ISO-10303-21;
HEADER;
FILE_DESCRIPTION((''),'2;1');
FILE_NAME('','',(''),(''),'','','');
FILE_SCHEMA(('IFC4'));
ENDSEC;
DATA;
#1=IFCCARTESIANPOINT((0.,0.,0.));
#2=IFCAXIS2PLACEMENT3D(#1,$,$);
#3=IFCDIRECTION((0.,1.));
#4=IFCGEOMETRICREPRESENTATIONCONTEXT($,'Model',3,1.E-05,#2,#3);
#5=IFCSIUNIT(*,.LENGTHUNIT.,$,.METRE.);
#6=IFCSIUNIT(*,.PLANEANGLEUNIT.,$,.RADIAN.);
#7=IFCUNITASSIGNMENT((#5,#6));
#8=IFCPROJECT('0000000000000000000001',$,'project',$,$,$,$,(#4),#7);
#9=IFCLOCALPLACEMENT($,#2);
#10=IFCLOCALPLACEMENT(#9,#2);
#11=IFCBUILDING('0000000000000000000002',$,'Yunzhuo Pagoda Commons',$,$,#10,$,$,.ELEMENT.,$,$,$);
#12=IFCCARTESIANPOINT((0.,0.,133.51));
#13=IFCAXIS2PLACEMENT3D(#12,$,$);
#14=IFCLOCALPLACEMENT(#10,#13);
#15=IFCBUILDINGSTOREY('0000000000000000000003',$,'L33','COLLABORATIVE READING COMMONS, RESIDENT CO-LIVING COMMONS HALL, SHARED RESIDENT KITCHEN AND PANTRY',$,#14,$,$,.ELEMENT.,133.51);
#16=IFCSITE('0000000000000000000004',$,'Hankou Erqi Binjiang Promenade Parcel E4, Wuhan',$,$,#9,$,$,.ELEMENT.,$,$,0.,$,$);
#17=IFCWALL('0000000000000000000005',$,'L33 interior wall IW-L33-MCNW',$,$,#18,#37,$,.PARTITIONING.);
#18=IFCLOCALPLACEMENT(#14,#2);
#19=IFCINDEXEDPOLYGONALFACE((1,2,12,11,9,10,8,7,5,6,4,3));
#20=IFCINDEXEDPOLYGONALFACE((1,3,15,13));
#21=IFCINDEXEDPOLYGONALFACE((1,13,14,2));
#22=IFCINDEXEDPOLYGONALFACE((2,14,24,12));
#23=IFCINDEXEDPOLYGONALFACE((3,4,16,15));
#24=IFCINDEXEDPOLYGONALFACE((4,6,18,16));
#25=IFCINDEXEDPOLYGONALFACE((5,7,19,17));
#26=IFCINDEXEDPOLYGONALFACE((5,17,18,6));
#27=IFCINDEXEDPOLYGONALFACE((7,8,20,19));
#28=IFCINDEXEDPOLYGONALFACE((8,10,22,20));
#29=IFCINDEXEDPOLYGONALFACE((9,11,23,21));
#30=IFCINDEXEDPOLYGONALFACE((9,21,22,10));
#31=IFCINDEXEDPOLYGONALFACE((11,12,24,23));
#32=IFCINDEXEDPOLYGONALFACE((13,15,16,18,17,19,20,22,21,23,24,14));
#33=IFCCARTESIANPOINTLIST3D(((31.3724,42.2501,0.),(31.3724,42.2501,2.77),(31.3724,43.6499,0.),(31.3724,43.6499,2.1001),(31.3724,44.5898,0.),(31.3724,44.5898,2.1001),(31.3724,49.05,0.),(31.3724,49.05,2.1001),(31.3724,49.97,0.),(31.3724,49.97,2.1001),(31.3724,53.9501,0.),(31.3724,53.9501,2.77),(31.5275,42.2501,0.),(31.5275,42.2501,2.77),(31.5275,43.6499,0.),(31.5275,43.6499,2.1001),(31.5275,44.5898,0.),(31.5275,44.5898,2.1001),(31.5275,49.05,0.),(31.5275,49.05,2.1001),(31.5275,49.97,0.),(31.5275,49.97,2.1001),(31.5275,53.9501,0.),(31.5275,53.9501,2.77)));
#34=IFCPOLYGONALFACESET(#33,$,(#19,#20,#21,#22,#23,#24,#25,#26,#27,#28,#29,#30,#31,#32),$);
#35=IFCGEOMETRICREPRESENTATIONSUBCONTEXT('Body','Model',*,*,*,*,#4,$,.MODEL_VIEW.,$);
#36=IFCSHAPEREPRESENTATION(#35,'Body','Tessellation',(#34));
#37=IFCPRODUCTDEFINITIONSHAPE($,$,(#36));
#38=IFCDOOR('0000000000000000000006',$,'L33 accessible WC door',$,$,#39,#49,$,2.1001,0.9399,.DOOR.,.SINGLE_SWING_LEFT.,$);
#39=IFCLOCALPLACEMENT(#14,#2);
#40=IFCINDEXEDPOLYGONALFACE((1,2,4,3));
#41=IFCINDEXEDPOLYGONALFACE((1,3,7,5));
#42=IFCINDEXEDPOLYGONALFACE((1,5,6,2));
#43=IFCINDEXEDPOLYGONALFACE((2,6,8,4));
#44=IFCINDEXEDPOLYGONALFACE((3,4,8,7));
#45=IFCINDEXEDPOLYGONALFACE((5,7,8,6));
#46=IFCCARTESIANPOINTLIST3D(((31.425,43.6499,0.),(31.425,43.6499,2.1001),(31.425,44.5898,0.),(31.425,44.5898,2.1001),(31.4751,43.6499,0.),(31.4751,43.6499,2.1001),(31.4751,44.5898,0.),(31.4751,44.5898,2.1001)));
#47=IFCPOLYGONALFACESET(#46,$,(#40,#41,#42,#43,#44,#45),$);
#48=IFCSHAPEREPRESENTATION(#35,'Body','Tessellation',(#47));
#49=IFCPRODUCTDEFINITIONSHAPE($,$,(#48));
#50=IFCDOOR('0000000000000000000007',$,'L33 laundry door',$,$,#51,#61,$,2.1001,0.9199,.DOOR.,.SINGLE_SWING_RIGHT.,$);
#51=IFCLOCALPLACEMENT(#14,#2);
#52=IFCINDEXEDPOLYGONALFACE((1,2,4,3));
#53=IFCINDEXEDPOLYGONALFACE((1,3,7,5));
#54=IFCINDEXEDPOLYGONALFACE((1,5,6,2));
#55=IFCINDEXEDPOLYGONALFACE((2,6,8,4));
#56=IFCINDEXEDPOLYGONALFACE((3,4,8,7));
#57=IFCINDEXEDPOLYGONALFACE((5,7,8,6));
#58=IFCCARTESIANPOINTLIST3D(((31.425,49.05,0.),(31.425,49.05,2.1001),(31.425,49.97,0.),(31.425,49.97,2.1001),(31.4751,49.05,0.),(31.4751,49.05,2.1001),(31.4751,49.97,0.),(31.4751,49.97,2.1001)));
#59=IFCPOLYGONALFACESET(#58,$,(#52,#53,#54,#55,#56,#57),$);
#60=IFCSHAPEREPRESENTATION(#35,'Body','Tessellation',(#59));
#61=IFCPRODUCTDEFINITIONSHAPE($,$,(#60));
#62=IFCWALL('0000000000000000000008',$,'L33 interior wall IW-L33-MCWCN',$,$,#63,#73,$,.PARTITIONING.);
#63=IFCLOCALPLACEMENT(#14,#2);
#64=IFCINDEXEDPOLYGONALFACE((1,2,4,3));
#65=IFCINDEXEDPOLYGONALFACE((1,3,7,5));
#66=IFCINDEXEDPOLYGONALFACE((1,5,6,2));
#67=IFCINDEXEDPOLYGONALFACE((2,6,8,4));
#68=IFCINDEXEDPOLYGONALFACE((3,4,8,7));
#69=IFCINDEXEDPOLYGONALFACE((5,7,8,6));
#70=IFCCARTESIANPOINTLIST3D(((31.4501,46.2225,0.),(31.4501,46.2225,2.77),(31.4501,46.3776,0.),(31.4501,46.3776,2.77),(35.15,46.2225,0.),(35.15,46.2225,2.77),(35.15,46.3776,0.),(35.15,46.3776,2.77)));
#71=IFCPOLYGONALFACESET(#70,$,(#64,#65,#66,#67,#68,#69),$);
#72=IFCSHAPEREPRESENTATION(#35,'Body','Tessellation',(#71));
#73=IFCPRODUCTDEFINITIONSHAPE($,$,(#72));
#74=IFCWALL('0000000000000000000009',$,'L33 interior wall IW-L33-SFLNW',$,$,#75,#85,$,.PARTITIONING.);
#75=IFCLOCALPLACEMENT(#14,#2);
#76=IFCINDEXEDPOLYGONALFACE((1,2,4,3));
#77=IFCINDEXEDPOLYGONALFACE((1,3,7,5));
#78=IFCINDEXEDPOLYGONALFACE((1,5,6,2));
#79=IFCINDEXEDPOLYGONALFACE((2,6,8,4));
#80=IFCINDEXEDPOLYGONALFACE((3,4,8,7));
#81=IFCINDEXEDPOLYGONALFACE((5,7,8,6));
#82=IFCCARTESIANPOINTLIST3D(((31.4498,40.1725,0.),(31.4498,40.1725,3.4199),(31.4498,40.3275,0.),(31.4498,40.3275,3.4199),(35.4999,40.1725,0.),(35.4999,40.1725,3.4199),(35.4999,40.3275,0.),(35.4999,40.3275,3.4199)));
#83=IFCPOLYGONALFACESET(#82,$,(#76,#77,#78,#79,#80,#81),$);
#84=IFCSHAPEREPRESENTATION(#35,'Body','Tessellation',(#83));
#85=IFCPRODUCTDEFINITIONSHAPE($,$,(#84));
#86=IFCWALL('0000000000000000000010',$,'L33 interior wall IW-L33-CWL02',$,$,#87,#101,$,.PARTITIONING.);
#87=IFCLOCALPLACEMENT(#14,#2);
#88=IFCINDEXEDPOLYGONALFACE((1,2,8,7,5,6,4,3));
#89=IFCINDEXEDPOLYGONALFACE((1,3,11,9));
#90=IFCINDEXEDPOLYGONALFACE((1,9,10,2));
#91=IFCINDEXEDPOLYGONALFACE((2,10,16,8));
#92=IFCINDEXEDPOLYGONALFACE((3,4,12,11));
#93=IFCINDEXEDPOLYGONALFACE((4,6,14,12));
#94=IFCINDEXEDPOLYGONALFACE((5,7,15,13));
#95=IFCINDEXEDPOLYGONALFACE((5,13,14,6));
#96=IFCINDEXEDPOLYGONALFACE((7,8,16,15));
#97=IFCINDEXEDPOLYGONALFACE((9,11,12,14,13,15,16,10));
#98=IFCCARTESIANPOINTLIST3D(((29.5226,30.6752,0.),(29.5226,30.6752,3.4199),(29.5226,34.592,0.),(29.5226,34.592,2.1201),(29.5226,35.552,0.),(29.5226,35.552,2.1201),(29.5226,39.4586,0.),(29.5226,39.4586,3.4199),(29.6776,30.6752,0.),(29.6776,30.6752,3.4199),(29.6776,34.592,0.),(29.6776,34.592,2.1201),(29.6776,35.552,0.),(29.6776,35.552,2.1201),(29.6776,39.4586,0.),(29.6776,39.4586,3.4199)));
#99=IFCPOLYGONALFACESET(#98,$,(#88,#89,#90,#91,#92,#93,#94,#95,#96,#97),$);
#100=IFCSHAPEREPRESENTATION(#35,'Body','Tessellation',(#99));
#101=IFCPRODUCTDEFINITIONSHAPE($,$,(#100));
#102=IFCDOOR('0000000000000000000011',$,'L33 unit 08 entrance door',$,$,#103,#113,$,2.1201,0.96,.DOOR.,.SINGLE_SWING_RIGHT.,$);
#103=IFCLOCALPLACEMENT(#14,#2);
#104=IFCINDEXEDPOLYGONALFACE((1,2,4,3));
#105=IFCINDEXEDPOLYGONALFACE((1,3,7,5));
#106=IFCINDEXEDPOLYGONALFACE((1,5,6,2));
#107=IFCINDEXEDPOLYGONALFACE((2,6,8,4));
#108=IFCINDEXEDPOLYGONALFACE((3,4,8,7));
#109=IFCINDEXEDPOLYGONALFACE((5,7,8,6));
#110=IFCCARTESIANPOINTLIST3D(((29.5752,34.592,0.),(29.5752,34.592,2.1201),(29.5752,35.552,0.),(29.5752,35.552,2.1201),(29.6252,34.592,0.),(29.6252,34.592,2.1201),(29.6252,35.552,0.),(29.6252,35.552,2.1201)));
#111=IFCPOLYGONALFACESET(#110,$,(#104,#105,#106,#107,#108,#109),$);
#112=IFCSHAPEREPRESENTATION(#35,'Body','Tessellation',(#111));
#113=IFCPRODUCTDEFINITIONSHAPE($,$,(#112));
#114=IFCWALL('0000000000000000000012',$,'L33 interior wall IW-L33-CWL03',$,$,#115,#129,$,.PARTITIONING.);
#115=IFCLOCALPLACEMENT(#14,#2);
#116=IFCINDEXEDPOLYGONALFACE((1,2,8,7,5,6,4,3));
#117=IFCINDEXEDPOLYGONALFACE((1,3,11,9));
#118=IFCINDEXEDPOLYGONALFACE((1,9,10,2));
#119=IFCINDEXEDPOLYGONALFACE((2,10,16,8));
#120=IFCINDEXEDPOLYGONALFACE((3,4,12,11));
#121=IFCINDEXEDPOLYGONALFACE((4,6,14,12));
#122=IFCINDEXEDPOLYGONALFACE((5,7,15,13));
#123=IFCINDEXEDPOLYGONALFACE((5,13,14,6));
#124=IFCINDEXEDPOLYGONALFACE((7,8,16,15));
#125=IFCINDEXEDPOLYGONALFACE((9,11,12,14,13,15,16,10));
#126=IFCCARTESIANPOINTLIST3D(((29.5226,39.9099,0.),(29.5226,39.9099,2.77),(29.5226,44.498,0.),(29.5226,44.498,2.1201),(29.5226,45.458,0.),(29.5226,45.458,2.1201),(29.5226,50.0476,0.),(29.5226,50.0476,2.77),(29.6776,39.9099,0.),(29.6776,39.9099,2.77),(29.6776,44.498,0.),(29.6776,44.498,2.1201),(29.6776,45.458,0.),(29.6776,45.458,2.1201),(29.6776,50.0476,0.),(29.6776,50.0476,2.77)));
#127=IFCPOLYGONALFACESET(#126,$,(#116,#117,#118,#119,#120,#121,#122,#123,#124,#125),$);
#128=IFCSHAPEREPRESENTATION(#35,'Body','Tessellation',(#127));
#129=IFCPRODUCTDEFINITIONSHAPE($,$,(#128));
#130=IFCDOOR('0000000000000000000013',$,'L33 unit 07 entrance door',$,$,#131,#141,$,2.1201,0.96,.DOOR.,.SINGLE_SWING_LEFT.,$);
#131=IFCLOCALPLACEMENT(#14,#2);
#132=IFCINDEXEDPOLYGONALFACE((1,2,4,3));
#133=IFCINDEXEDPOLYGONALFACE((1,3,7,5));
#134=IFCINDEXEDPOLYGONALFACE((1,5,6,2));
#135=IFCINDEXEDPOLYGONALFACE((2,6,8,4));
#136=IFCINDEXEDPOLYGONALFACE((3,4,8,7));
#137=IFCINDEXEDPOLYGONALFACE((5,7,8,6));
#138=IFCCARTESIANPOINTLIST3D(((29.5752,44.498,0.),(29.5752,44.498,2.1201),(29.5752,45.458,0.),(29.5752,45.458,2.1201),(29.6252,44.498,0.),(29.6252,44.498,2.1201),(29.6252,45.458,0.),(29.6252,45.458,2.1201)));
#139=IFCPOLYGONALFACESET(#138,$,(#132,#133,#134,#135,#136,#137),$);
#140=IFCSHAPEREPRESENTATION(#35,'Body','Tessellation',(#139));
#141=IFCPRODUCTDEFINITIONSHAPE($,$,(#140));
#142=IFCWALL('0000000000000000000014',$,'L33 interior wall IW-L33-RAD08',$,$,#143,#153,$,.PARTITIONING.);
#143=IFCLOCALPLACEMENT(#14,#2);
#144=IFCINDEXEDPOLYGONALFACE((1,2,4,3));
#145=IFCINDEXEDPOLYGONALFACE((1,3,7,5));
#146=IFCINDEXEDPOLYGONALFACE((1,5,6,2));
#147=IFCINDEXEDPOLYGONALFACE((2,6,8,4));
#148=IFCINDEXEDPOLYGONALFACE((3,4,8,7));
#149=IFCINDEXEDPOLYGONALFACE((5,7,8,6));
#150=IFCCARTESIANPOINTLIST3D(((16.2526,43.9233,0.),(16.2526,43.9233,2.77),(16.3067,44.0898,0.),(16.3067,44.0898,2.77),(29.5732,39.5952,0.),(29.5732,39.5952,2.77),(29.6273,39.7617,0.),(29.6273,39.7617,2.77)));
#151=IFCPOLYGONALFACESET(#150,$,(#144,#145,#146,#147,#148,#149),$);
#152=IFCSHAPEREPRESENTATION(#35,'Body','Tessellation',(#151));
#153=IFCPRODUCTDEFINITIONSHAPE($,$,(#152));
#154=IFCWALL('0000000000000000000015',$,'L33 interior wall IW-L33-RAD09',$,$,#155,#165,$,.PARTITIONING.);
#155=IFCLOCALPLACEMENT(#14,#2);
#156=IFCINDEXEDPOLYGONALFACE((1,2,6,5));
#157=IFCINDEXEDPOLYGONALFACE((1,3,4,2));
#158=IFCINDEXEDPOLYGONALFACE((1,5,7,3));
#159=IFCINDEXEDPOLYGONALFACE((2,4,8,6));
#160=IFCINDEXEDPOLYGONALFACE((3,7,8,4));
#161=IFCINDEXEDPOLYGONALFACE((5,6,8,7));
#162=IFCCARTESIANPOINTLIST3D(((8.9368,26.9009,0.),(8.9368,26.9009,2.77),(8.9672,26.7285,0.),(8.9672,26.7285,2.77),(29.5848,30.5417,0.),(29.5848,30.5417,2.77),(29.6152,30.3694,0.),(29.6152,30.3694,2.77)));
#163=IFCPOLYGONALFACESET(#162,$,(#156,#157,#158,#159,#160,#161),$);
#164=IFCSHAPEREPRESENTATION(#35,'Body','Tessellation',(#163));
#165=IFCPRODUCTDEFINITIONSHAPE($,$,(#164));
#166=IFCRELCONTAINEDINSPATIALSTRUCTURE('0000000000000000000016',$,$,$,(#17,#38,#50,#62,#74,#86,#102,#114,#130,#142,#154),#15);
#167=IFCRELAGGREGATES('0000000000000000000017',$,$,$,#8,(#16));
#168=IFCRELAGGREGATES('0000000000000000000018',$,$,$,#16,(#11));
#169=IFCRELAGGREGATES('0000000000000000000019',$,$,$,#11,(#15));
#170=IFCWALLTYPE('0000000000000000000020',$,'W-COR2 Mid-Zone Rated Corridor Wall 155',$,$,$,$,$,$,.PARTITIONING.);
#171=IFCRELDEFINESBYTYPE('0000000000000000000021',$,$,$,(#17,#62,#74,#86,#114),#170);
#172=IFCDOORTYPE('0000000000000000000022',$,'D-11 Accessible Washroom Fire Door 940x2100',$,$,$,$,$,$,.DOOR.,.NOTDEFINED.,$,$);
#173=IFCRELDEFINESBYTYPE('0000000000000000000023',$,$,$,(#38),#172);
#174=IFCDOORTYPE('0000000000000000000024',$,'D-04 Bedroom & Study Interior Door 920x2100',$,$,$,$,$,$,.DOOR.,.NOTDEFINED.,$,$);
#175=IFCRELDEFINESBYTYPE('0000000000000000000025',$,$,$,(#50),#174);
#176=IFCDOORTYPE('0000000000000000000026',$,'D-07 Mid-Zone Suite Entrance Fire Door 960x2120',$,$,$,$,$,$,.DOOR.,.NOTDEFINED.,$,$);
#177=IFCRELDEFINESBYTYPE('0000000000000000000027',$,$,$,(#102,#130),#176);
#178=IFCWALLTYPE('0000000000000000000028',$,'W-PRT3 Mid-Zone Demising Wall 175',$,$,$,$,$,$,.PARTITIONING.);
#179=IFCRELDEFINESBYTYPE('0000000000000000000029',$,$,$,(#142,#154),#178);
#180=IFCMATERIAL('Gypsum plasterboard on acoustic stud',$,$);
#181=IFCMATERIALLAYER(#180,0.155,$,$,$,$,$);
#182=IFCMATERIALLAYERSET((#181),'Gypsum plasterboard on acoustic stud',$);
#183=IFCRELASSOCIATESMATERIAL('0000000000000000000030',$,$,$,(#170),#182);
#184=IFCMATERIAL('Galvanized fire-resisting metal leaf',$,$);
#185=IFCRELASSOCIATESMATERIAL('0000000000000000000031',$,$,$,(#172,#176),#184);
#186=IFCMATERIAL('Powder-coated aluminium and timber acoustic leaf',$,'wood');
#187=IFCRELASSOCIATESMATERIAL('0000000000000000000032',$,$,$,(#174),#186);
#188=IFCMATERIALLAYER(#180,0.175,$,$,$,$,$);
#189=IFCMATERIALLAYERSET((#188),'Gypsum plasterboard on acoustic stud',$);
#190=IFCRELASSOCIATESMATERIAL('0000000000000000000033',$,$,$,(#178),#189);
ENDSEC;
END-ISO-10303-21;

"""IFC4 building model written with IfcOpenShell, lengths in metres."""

from ifc_helpers import new_model, si_unit, direction, frame, frame_2d, origin, origin_with_axes, place, context, subcontext, project, spatial, rectangle, extrude, source, transform, mapped, material, layer, layer_set, type_object, element, fill, save


model = new_model("IFC4")

# Units and contexts
model_context = context("Model", 3, precision=1e-05, world=origin(), true_north=direction((0.0, 1.0)))
body_context = subcontext(model_context, "Body", "Model", "MODEL_VIEW")
ifc_project = project(units=[si_unit("LENGTHUNIT", "METRE"), si_unit("PLANEANGLEUNIT", "RADIAN")], contexts=[model_context])

# Site, building, storey
site_placement = place(None, origin())
site = spatial("IfcSite", under=ifc_project, at=site_placement, Name="Hankou Erqi Binjiang Promenade Parcel E4, Wuhan", CompositionType="ELEMENT", RefElevation=0.0)
building_placement = place(site_placement, origin())
building = spatial("IfcBuilding", under=site, at=building_placement, Name="Yunzhuo Pagoda Commons", CompositionType="ELEMENT")
storey_placement = place(building_placement, frame((0.0, 0.0, 133.51)))
storey = spatial("IfcBuildingStorey", under=building, at=storey_placement, Name="L33", Description="COLLABORATIVE READING COMMONS, RESIDENT CO-LIVING COMMONS HALL, SHARED RESIDENT KITCHEN AND PANTRY", CompositionType="ELEMENT", Elevation=133.51)

# Shared definitions
ifc_material_1 = material(Name="Gypsum plasterboard on acoustic stud")
ifc_layer_1 = layer(ifc_material_1, 0.155)
ifc_layer_set_1 = layer_set([ifc_layer_1], Name="Gypsum plasterboard on acoustic stud")
wall_type_1 = type_object("IfcWallType", Name="W-COR2 Mid-Zone Rated Corridor Wall 155", PredefinedType="PARTITIONING", material=ifc_layer_set_1)

# Wall, openings, doors
wall_1_placement = place(storey_placement, frame((31.45, 42.25, 0.0), z_axis=(0.0, 0.0, 1.0), x_axis=(0.0, 1.0, 0.0)))
wall_1 = element("IfcWall", 1, at=wall_1_placement, inside=storey, type_object=wall_type_1, Name="L33 interior wall IW-L33-MCNW", PredefinedType="PARTITIONING", context=body_context, shape_type="SweptSolid", body=[
    extrude(rectangle(XDim=11.7, YDim=0.155, at=frame_2d((5.8501, 0.0))), origin(), (0.0, 0.0, 1.0), 2.77),
])
opening_1_placement = place(wall_1_placement, frame((1.3999, 0.0, 0.0)))
opening_1 = element("IfcOpeningElement", 2, at=opening_1_placement, cuts=wall_1, PredefinedType="OPENING", context=body_context, shape_type="SweptSolid", body=[
    extrude(rectangle(XDim=0.9399, YDim=2.1001, at=frame_2d((0.47, 1.05))), frame((0.0, 0.0874, 0.0), z_axis=(0.0, -1.0, 0.0), x_axis=(1.0, 0.0, 0.0)), (0.0, 0.0, 1.0), 0.175),
])
opening_2_placement = place(wall_1_placement, frame((6.8, 0.0, 0.0)))
opening_2 = element("IfcOpeningElement", 3, at=opening_2_placement, cuts=wall_1, PredefinedType="OPENING", context=body_context, shape_type="SweptSolid", body=[
    extrude(rectangle(XDim=0.9199, YDim=2.1001, at=frame_2d((0.46, 1.05))), frame((0.0, 0.0874, 0.0), z_axis=(0.0, -1.0, 0.0), x_axis=(1.0, 0.0, 0.0)), (0.0, 0.0, 1.0), 0.175),
])
ifc_material_2 = material(Name="Galvanized fire-resisting metal leaf")
door_type_1 = type_object("IfcDoorType", Name="D-11 Accessible Washroom Fire Door 940x2100", OperationType="NOTDEFINED", PredefinedType="DOOR", material=ifc_material_2)
shared_shape_1 = source(origin(), body_context, "Body", "SweptSolid", [
    extrude(rectangle(XDim=0.9399, YDim=2.1001, at=frame_2d((0.47, 1.05))), frame((0.0, 0.0249, 0.0), z_axis=(0.0, -1.0, 0.0), x_axis=(1.0, 0.0, 0.0)), (0.0, 0.0, 1.0), 0.05),
])
door_1_placement = place(opening_1_placement, origin_with_axes())
door_1 = element("IfcDoor", 4, at=door_1_placement, inside=storey, type_object=door_type_1, Name="L33 accessible WC door", OperationType="SINGLE_SWING_LEFT", OverallHeight=2.1001, OverallWidth=0.9399, PredefinedType="DOOR", context=body_context, shape_type="MappedRepresentation", body=[
    mapped(shared_shape_1, transform((0.0, 0.0, 0.0), scale=1.0)),
])
fill(opening_1, door_1)
ifc_material_3 = material(Name="Powder-coated aluminium and timber acoustic leaf", Category="wood")
door_type_2 = type_object("IfcDoorType", Name="D-04 Bedroom & Study Interior Door 920x2100", OperationType="NOTDEFINED", PredefinedType="DOOR", material=ifc_material_3)
shared_shape_2 = source(origin(), body_context, "Body", "SweptSolid", [
    extrude(rectangle(XDim=0.9199, YDim=2.1001, at=frame_2d((0.46, 1.05))), frame((0.0, 0.0249, 0.0), z_axis=(0.0, -1.0, 0.0), x_axis=(1.0, 0.0, 0.0)), (0.0, 0.0, 1.0), 0.05),
])
door_2_placement = place(opening_2_placement, origin_with_axes())
door_2 = element("IfcDoor", 5, at=door_2_placement, inside=storey, type_object=door_type_2, Name="L33 laundry door", OperationType="SINGLE_SWING_RIGHT", OverallHeight=2.1001, OverallWidth=0.9199, PredefinedType="DOOR", context=body_context, shape_type="MappedRepresentation", body=[
    mapped(shared_shape_2, transform((0.0, 0.0, 0.0), scale=1.0)),
])
fill(opening_2, door_2)

# Walls
wall_2_placement = place(storey_placement, frame((31.45, 46.3, 0.0), z_axis=(0.0, 0.0, 1.0), x_axis=(1.0, 0.0, 0.0)))
element("IfcWall", 6, at=wall_2_placement, inside=storey, type_object=wall_type_1, Name="L33 interior wall IW-L33-MCWCN", PredefinedType="PARTITIONING", context=body_context, shape_type="SweptSolid", body=[
    extrude(rectangle(XDim=3.7, YDim=0.155, at=frame_2d((1.8501, 0.0))), origin(), (0.0, 0.0, 1.0), 2.77),
])
wall_3_placement = place(storey_placement, frame((31.45, 40.25, 0.0), z_axis=(0.0, 0.0, 1.0), x_axis=(1.0, 0.0, 0.0)))
element("IfcWall", 7, at=wall_3_placement, inside=storey, type_object=wall_type_1, Name="L33 interior wall IW-L33-SFLNW", PredefinedType="PARTITIONING", context=body_context, shape_type="SweptSolid", body=[
    extrude(rectangle(XDim=4.05, YDim=0.155, at=frame_2d((2.0249, 0.0))), origin(), (0.0, 0.0, 1.0), 3.4199),
])

# Walls, openings, doors
wall_4_placement = place(storey_placement, frame((29.6001, 30.6753, 0.0), z_axis=(0.0, 0.0, 1.0), x_axis=(0.0, 1.0, 0.0)))
wall_4 = element("IfcWall", 8, at=wall_4_placement, inside=storey, type_object=wall_type_1, Name="L33 interior wall IW-L33-CWL02", PredefinedType="PARTITIONING", context=body_context, shape_type="SweptSolid", body=[
    extrude(rectangle(XDim=8.7834, YDim=0.155, at=frame_2d((4.3916, 0.0))), origin(), (0.0, 0.0, 1.0), 3.4199),
])
opening_3_placement = place(wall_4_placement, frame((3.9167, 0.0, 0.0)))
opening_3 = element("IfcOpeningElement", 9, at=opening_3_placement, cuts=wall_4, PredefinedType="OPENING", context=body_context, shape_type="SweptSolid", body=[
    extrude(rectangle(XDim=0.96, YDim=2.1201, at=frame_2d((0.48, 1.0601))), frame((0.0, 0.0874, 0.0), z_axis=(0.0, -1.0, 0.0), x_axis=(1.0, 0.0, 0.0)), (0.0, 0.0, 1.0), 0.175),
])
door_type_3 = type_object("IfcDoorType", Name="D-07 Mid-Zone Suite Entrance Fire Door 960x2120", OperationType="NOTDEFINED", PredefinedType="DOOR", material=ifc_material_2)
shared_shape_3 = source(origin(), body_context, "Body", "SweptSolid", [
    extrude(rectangle(XDim=0.96, YDim=2.1201, at=frame_2d((0.48, 1.0601))), frame((0.0, 0.0249, 0.0), z_axis=(0.0, -1.0, 0.0), x_axis=(1.0, 0.0, 0.0)), (0.0, 0.0, 1.0), 0.05),
])
door_3_placement = place(opening_3_placement, origin_with_axes())
door_3 = element("IfcDoor", 10, at=door_3_placement, inside=storey, type_object=door_type_3, Name="L33 unit 08 entrance door", OperationType="SINGLE_SWING_RIGHT", OverallHeight=2.1201, OverallWidth=0.96, PredefinedType="DOOR", context=body_context, shape_type="MappedRepresentation", body=[
    mapped(shared_shape_3, transform((0.0, 0.0, 0.0), scale=1.0)),
])
fill(opening_3, door_3)
wall_5_placement = place(storey_placement, frame((29.6001, 39.9099, 0.0), z_axis=(0.0, 0.0, 1.0), x_axis=(0.0, 1.0, 0.0)))
wall_5 = element("IfcWall", 11, at=wall_5_placement, inside=storey, type_object=wall_type_1, Name="L33 interior wall IW-L33-CWL03", PredefinedType="PARTITIONING", context=body_context, shape_type="SweptSolid", body=[
    extrude(rectangle(XDim=10.1377, YDim=0.155, at=frame_2d((5.0688, 0.0))), origin(), (0.0, 0.0, 1.0), 2.77),
])
opening_4_placement = place(wall_5_placement, frame((4.5881, 0.0, 0.0)))
opening_4 = element("IfcOpeningElement", 12, at=opening_4_placement, cuts=wall_5, PredefinedType="OPENING", context=body_context, shape_type="SweptSolid", body=[
    extrude(rectangle(XDim=0.96, YDim=2.1201, at=frame_2d((0.48, 1.0601))), frame((0.0, 0.0874, 0.0), z_axis=(0.0, -1.0, 0.0), x_axis=(1.0, 0.0, 0.0)), (0.0, 0.0, 1.0), 0.175),
])
door_4_placement = place(opening_4_placement, origin_with_axes())
door_4 = element("IfcDoor", 13, at=door_4_placement, inside=storey, type_object=door_type_3, Name="L33 unit 07 entrance door", OperationType="SINGLE_SWING_LEFT", OverallHeight=2.1201, OverallWidth=0.96, PredefinedType="DOOR", context=body_context, shape_type="MappedRepresentation", body=[
    mapped(shared_shape_3, transform((0.0, 0.0, 0.0), scale=1.0)),
])
fill(opening_4, door_4)

# Walls
ifc_layer_2 = layer(ifc_material_1, 0.175)
ifc_layer_set_2 = layer_set([ifc_layer_2], Name="Gypsum plasterboard on acoustic stud")
wall_type_2 = type_object("IfcWallType", Name="W-PRT3 Mid-Zone Demising Wall 175", PredefinedType="PARTITIONING", material=ifc_layer_set_2)
wall_6_placement = place(storey_placement, frame((29.6001, 39.6785, 0.0), z_axis=(0.0, 0.0, 1.0), x_axis=(-0.951056, 0.309018, 0.0)))
element("IfcWall", 14, at=wall_6_placement, inside=storey, type_object=wall_type_2, Name="L33 interior wall IW-L33-RAD08", PredefinedType="PARTITIONING", context=body_context, shape_type="SweptSolid", body=[
    extrude(rectangle(XDim=14.0061, YDim=0.175, at=frame_2d((7.0029, 0.0))), origin(), (0.0, 0.0, 1.0), 2.77),
])
wall_7_placement = place(storey_placement, frame((29.6001, 30.4556, 0.0), z_axis=(0.0, 0.0, 1.0), x_axis=(-0.984807, -0.173652, 0.0)))
element("IfcWall", 15, at=wall_7_placement, inside=storey, type_object=wall_type_2, Name="L33 interior wall IW-L33-RAD09", PredefinedType="PARTITIONING", context=body_context, shape_type="SweptSolid", body=[
    extrude(rectangle(XDim=20.9666, YDim=0.175, at=frame_2d((10.4834, 0.0))), origin(), (0.0, 0.0, 1.0), 2.77),
])

save(model, "model.ifc")
